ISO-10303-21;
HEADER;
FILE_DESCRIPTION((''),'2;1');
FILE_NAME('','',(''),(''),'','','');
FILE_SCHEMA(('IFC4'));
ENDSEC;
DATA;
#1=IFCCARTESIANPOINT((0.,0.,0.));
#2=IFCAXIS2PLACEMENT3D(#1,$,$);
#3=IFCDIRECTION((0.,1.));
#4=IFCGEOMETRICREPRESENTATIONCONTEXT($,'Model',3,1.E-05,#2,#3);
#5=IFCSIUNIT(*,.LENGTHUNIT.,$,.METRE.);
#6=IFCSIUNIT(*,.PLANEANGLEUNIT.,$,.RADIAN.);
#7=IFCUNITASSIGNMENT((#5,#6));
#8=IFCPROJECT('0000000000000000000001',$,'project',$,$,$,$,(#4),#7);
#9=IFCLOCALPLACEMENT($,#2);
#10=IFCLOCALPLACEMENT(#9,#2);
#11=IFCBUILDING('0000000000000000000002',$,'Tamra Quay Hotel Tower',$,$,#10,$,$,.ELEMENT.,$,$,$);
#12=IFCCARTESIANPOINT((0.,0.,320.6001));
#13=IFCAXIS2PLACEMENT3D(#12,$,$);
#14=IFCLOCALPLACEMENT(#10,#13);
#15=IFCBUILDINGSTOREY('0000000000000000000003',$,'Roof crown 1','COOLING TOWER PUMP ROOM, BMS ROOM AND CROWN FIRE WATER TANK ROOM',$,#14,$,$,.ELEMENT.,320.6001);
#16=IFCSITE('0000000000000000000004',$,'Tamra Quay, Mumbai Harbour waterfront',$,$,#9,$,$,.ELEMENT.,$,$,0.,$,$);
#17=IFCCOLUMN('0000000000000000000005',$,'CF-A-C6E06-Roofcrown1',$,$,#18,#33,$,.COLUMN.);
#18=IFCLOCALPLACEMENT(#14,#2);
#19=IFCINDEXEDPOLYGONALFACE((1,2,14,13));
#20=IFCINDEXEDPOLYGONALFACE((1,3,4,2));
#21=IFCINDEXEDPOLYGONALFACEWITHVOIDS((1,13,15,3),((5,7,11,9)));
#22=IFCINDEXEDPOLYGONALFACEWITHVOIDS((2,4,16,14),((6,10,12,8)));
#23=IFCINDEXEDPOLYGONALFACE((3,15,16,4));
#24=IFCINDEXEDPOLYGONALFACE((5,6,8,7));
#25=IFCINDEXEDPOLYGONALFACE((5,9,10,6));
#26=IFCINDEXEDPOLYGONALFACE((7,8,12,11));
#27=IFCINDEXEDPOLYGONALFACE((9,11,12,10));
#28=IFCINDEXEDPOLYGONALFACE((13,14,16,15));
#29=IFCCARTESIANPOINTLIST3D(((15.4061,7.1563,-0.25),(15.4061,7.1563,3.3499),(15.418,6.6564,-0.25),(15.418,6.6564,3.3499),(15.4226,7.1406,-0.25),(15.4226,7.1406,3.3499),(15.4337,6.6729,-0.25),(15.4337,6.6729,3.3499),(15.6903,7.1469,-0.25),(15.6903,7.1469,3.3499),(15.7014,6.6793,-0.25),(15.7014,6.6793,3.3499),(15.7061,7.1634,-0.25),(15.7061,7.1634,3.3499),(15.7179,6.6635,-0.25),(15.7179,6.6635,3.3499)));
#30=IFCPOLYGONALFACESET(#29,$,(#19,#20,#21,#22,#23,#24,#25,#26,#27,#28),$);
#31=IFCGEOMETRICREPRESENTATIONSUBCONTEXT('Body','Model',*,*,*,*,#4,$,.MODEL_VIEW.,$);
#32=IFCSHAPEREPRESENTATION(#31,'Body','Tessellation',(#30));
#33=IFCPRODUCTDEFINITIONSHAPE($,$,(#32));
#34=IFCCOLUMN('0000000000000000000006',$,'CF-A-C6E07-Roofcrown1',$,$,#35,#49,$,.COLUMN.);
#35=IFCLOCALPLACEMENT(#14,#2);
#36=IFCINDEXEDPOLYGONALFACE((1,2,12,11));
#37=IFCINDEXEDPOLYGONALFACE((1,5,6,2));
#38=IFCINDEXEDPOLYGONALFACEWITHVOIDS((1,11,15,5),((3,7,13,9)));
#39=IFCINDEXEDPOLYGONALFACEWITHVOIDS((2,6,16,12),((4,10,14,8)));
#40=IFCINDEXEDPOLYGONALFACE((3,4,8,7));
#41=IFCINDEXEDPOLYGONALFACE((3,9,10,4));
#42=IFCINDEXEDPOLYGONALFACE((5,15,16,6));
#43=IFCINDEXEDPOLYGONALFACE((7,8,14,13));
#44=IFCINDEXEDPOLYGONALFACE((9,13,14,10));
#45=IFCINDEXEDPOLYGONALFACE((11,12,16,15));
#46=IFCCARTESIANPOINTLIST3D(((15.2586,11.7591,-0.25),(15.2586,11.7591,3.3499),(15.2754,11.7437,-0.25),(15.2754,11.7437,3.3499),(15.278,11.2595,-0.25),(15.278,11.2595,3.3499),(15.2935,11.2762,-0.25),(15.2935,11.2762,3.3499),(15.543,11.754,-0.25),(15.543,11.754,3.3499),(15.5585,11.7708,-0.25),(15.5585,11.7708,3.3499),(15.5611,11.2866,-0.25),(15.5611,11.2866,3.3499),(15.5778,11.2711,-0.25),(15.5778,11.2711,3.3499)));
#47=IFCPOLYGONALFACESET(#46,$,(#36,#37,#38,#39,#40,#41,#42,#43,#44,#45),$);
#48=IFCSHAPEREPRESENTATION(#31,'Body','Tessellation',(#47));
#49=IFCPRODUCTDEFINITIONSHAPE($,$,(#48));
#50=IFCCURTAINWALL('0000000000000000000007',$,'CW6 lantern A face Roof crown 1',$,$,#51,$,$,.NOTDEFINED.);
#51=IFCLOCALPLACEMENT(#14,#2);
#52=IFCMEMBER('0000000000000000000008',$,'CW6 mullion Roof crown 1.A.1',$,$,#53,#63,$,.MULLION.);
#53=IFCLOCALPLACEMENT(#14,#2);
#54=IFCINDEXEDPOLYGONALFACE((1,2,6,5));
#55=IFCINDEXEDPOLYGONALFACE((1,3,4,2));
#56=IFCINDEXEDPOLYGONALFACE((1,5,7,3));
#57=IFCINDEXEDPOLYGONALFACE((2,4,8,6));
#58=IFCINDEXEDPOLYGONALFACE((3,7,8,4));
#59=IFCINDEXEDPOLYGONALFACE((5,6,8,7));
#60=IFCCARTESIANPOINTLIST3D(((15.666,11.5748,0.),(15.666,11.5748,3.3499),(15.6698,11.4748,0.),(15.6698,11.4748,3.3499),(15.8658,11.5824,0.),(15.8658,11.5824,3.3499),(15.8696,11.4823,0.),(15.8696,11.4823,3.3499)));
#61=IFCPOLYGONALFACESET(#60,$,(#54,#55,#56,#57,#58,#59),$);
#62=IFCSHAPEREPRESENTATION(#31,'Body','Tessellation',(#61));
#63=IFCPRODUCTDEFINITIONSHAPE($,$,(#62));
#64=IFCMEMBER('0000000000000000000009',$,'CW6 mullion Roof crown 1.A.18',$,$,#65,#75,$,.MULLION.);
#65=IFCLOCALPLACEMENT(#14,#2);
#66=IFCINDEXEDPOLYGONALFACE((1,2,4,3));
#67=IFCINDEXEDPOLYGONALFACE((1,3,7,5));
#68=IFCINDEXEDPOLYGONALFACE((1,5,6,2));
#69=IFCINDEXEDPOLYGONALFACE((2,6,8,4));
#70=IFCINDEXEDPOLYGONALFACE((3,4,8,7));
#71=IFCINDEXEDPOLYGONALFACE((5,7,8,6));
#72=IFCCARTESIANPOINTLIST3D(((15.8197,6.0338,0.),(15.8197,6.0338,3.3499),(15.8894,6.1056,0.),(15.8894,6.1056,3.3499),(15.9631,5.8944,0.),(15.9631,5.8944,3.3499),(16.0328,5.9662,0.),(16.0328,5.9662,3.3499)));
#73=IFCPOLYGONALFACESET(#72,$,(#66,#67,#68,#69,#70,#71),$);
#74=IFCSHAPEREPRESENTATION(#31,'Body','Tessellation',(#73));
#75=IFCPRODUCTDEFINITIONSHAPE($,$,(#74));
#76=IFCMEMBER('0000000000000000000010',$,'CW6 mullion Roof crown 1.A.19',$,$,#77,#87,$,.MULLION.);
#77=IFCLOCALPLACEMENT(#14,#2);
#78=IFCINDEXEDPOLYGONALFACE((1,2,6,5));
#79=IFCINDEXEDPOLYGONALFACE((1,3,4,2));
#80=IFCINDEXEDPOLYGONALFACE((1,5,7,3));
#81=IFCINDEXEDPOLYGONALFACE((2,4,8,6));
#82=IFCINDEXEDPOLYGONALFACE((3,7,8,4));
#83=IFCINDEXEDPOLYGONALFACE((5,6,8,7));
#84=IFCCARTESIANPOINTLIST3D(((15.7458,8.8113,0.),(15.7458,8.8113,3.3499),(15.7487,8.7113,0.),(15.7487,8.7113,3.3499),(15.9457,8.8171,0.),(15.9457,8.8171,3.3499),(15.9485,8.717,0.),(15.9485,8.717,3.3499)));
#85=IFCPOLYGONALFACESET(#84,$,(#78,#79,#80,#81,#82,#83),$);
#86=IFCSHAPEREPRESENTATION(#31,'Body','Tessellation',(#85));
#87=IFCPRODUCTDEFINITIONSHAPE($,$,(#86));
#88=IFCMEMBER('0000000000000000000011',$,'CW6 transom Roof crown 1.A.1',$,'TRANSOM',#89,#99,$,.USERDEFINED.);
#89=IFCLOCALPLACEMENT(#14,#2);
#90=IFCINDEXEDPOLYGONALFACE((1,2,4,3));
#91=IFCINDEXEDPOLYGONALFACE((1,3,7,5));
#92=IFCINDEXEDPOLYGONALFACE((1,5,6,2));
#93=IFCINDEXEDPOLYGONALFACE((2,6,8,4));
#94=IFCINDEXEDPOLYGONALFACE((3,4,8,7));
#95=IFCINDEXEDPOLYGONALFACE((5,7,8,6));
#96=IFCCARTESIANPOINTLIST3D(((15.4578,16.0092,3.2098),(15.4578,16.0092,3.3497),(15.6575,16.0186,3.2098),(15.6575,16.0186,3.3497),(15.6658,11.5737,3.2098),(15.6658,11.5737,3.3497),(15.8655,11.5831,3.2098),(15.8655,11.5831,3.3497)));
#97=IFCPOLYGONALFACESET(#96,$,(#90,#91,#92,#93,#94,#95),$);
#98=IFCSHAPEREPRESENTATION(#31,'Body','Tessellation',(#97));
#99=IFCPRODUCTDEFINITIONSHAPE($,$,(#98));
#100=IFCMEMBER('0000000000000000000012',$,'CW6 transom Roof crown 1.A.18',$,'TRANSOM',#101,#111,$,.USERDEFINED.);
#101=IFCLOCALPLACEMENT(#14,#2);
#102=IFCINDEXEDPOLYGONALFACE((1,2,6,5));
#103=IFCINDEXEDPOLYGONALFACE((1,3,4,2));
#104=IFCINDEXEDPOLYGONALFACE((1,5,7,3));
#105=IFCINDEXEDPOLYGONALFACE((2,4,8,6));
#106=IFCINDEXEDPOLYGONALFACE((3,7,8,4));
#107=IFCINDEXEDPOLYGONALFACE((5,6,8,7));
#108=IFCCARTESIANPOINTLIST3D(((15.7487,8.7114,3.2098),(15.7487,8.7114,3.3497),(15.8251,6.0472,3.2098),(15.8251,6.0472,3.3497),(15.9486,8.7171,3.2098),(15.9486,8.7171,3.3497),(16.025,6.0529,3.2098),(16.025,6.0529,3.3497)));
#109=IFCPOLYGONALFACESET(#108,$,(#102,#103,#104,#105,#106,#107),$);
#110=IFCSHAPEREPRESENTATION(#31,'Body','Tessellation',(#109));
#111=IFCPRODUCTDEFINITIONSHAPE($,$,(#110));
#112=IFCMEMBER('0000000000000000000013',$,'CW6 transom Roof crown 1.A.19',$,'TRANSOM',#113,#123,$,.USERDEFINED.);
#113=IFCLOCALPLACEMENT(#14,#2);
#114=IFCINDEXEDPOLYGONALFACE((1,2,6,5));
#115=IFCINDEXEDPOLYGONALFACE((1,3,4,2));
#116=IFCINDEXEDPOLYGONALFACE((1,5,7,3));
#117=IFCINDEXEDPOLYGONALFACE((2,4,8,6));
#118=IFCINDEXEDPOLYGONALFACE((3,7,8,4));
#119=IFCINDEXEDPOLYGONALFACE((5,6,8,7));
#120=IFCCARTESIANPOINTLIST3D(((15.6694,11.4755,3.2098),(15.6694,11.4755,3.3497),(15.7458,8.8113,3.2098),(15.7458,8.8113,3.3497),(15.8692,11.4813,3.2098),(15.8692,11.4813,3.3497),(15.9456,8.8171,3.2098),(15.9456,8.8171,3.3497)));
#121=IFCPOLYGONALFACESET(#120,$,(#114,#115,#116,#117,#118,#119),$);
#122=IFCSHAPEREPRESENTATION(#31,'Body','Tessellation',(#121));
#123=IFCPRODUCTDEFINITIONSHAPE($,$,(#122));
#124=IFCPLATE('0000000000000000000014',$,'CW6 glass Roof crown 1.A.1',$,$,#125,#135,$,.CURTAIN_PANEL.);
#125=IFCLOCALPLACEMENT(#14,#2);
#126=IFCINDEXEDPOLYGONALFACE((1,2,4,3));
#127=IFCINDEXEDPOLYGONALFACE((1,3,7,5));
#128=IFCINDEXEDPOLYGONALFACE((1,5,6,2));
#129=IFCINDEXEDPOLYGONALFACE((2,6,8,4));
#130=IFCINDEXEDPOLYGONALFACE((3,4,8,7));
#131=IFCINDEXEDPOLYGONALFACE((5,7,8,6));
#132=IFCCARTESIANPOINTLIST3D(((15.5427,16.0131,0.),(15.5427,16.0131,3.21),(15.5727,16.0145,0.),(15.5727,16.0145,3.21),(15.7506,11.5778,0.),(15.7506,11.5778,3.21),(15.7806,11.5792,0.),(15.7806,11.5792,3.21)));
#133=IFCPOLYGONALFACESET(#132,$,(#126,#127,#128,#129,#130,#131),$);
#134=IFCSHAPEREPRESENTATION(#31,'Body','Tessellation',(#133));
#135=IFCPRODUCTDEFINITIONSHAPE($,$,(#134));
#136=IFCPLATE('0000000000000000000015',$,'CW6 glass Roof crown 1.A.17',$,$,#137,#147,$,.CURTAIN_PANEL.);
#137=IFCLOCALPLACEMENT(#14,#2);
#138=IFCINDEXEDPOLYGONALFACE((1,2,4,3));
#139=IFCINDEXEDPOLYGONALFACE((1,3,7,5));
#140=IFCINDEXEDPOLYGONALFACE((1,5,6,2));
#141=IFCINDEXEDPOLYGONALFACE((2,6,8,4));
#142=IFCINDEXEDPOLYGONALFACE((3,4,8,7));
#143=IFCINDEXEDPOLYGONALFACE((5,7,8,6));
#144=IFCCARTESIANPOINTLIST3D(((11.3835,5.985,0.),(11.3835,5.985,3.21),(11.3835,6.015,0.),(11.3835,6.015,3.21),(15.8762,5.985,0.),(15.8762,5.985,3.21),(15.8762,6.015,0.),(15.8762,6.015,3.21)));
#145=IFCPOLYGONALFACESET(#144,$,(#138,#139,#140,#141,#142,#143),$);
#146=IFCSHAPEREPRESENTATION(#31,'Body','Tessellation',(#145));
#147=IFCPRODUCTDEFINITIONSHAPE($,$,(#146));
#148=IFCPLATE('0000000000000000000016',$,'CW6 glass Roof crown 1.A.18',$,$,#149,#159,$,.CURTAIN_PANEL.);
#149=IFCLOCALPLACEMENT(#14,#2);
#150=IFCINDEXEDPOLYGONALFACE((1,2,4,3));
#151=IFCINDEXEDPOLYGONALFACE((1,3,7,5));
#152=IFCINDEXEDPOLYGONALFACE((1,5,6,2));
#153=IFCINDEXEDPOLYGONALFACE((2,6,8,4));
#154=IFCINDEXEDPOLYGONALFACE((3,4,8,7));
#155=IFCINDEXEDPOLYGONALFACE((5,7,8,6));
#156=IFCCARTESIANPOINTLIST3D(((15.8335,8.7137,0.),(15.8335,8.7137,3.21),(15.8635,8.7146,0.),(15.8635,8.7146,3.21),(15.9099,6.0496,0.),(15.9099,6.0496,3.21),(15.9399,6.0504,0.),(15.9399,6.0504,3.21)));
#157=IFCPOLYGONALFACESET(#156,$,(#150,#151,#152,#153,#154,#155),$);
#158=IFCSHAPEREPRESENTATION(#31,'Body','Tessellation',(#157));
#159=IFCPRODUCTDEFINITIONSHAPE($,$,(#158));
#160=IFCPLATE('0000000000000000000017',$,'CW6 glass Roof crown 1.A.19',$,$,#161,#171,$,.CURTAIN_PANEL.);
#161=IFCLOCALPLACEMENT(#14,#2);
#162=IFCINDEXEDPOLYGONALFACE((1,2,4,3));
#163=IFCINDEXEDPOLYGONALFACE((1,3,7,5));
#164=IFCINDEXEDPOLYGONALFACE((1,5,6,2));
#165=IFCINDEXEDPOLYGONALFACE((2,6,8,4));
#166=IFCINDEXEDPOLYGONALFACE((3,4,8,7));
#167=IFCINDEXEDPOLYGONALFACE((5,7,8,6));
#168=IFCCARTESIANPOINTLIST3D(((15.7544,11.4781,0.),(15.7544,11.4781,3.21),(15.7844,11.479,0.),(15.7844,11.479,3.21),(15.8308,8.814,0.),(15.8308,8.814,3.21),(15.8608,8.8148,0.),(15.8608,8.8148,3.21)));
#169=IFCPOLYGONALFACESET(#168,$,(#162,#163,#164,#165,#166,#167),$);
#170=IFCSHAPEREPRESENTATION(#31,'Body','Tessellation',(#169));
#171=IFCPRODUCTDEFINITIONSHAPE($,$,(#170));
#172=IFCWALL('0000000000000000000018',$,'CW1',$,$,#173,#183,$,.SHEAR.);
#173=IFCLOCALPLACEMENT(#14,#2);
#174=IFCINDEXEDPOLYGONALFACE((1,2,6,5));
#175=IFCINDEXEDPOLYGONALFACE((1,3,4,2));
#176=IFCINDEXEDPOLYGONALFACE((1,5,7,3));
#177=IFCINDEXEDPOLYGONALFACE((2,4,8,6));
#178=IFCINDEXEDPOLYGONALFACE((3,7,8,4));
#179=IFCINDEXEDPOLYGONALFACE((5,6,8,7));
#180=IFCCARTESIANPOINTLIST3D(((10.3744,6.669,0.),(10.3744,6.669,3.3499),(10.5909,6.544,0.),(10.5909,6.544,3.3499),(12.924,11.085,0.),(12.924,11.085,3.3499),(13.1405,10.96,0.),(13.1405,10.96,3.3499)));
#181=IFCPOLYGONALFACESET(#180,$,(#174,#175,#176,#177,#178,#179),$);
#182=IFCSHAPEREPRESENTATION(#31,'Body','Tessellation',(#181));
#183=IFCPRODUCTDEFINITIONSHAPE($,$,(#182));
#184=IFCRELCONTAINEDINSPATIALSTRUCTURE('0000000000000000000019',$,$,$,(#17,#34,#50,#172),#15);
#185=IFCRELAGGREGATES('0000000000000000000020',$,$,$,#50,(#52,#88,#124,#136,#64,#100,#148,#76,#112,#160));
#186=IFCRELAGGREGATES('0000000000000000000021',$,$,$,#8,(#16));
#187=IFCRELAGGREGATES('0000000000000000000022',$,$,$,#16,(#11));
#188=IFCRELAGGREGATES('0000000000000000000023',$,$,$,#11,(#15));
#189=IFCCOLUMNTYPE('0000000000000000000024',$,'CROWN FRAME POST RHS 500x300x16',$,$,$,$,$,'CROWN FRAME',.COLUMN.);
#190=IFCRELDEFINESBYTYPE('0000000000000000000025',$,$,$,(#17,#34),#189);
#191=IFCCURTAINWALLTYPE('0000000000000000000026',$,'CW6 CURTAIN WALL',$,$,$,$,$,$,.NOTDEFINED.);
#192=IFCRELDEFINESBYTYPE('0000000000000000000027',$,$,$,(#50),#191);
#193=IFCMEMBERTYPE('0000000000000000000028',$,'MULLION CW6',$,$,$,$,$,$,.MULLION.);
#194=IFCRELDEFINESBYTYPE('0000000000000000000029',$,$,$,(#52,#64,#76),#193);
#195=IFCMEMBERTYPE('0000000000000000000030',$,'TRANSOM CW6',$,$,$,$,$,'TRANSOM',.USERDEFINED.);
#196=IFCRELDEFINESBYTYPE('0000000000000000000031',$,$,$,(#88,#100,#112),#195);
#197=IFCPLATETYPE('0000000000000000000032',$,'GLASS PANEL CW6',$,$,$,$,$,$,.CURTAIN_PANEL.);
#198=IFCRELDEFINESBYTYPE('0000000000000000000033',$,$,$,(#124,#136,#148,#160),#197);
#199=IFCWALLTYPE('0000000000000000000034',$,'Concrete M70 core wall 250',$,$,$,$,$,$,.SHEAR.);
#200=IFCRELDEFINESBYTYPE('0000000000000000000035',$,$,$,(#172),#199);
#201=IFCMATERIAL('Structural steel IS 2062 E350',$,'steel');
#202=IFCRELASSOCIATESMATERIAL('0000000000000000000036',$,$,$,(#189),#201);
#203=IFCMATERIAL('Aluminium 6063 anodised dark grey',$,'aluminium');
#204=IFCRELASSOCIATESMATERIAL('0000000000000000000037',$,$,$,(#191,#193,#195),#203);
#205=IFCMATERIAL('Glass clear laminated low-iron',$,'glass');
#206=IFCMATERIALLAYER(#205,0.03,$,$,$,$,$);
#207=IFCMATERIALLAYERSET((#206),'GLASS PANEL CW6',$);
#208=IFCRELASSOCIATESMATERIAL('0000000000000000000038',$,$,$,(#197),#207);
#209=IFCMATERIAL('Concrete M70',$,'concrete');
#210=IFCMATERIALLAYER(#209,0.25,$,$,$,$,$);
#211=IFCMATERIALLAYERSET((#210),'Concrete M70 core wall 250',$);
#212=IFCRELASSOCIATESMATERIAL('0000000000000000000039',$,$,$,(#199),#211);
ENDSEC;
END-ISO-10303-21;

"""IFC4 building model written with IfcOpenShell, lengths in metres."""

from ifc_helpers import new_model, si_unit, direction, frame, frame_2d, origin, origin_2d, place, context, subcontext, project, spatial, rectangle, hollow_rectangle, extrude, material, layer, layer_set, material_profile, profile_set, type_object, element, aggregate, save


model = new_model("IFC4")

# Units and contexts
model_context = context("Model", 3, precision=1e-05, world=origin(), true_north=direction((0.0, 1.0)))
body_context = subcontext(model_context, "Body", "Model", "MODEL_VIEW")
ifc_project = project(units=[si_unit("LENGTHUNIT", "METRE"), si_unit("PLANEANGLEUNIT", "RADIAN")], contexts=[model_context])

# Site, building, storey
site_placement = place(None, origin())
site = spatial("IfcSite", under=ifc_project, at=site_placement, Name="Tamra Quay, Mumbai Harbour waterfront", CompositionType="ELEMENT", RefElevation=0.0)
building_placement = place(site_placement, origin())
building = spatial("IfcBuilding", under=site, at=building_placement, Name="Tamra Quay Hotel Tower", CompositionType="ELEMENT")
storey_placement = place(building_placement, frame((0.0, 0.0, 320.6001)))
storey = spatial("IfcBuildingStorey", under=building, at=storey_placement, Name="Roof crown 1", Description="COOLING TOWER PUMP ROOM, BMS ROOM AND CROWN FIRE WATER TANK ROOM", CompositionType="ELEMENT", Elevation=320.6001)

# Columns
ifc_material_1 = material(Name="Structural steel IS 2062 E350", Category="steel")
ifc_material_profile_1 = material_profile(ifc_material_1, hollow_rectangle(XDim=0.3, YDim=0.5, WallThickness=0.0161, at=origin_2d()), Name="RHS 500x300x16")
ifc_profile_set_1 = profile_set([ifc_material_profile_1], Name="Structural steel IS 2062 E350")
column_type = type_object("IfcColumnType", Name="CROWN FRAME POST RHS 500x300x16", ElementType="CROWN FRAME", PredefinedType="COLUMN", material=ifc_profile_set_1)
for number, where, z_axis, x_axis, name in (
    (1, (15.562, 6.9099, -0.25), (0.0, 0.0, 1.0), (0.999718, 0.023753, 0.0), "CF-A-C6E06-Roofcrown1"),
    (2, (15.4182, 11.5151, -0.25), (0.0, 0.0, 1.0), (0.999251, 0.038691, 0.0), "CF-A-C6E07-Roofcrown1"),
):
    element("IfcColumn", number, at=place(storey_placement, frame(where, z_axis=z_axis, x_axis=x_axis)), inside=storey, type_object=column_type, Name=name, PredefinedType="COLUMN", context=body_context, shape_type="SweptSolid", body=[
        extrude(hollow_rectangle(XDim=0.3, YDim=0.5, WallThickness=0.0161, at=origin_2d()), origin(), (0.0, 0.0, 1.0), 3.5999),
    ])

# Curtain wall, members, plates
ifc_material_2 = material(Name="Aluminium 6063 anodised dark grey", Category="aluminium")
curtain_wall_type = type_object("IfcCurtainWallType", Name="CW6 CURTAIN WALL", PredefinedType="NOTDEFINED", material=ifc_material_2)
curtain_wall_placement = place(storey_placement, origin())
curtain_wall = element("IfcCurtainWall", 3, at=curtain_wall_placement, inside=storey, type_object=curtain_wall_type, Name="CW6 lantern A face Roof crown 1", PredefinedType="NOTDEFINED")
ifc_material_profile_2 = material_profile(ifc_material_2, rectangle(XDim=0.2, YDim=0.1001, at=origin_2d()), Name="MULLION 100X200")
ifc_profile_set_2 = profile_set([ifc_material_profile_2], Name="Aluminium 6063 anodised dark grey")
member_type_1 = type_object("IfcMemberType", Name="MULLION CW6", PredefinedType="MULLION", material=ifc_profile_set_2)
member_1_placement = place(storey_placement, frame((15.7678, 11.5286, 0.0), z_axis=(0.0, 0.0, 1.0), x_axis=(0.999288, 0.037737, 0.0)))
member_1 = element("IfcMember", 4, at=member_1_placement, type_object=member_type_1, Name="CW6 mullion Roof crown 1.A.1", PredefinedType="MULLION", context=body_context, shape_type="SweptSolid", body=[
    extrude(rectangle(XDim=0.2, YDim=0.1001, at=origin_2d()), origin(), (0.0, 0.0, 1.0), 3.3499),
])
member_2_placement = place(storey_placement, frame((15.9263, 6.0, 0.0), z_axis=(0.0, 0.0, 1.0), x_axis=(0.717164, -0.696904, 0.0)))
member_2 = element("IfcMember", 5, at=member_2_placement, type_object=member_type_1, Name="CW6 mullion Roof crown 1.A.18", PredefinedType="MULLION", context=body_context, shape_type="SweptSolid", body=[
    extrude(rectangle(XDim=0.2, YDim=0.1001, at=origin_2d()), origin(), (0.0, 0.0, 1.0), 3.3499),
])
member_3_placement = place(storey_placement, frame((15.8472, 8.7642, 0.0), z_axis=(0.0, 0.0, 1.0), x_axis=(0.99959, 0.02865, 0.0)))
member_3 = element("IfcMember", 6, at=member_3_placement, type_object=member_type_1, Name="CW6 mullion Roof crown 1.A.19", PredefinedType="MULLION", context=body_context, shape_type="SweptSolid", body=[
    extrude(rectangle(XDim=0.2, YDim=0.1001, at=origin_2d()), origin(), (0.0, 0.0, 1.0), 3.3499),
])
ifc_material_profile_3 = material_profile(ifc_material_2, rectangle(XDim=0.2, YDim=0.1399, at=origin_2d()), Name="TRANSOM 200X140")
ifc_profile_set_3 = profile_set([ifc_material_profile_3], Name="Aluminium 6063 anodised dark grey")
member_type_2 = type_object("IfcMemberType", Name="TRANSOM CW6", ElementType="TRANSOM", PredefinedType="USERDEFINED", material=ifc_profile_set_3)
member_4_placement = place(storey_placement, frame((15.7656, 11.5784, 3.2798), z_axis=(-0.046844, 0.998902, 0.0), x_axis=(-0.998902, -0.046844, 0.0)))
member_4 = element("IfcMember", 7, at=member_4_placement, type_object=member_type_2, Name="CW6 transom Roof crown 1.A.1", ObjectType="TRANSOM", PredefinedType="USERDEFINED", context=body_context, shape_type="SweptSolid", body=[
    extrude(rectangle(XDim=0.2, YDim=0.1399, at=origin_2d()), origin(), (0.0, 0.0, 1.0), 4.4404),
])
member_5_placement = place(storey_placement, frame((15.925, 6.05, 3.2798), z_axis=(-0.02867, 0.999589, 0.0), x_axis=(-0.999589, -0.02867, 0.0)))
member_5 = element("IfcMember", 8, at=member_5_placement, type_object=member_type_2, Name="CW6 transom Roof crown 1.A.18", ObjectType="TRANSOM", PredefinedType="USERDEFINED", context=body_context, shape_type="SweptSolid", body=[
    extrude(rectangle(XDim=0.2, YDim=0.1399, at=origin_2d()), origin(), (0.0, 0.0, 1.0), 2.6653),
])
member_6_placement = place(storey_placement, frame((15.8457, 8.8142, 3.2798), z_axis=(-0.02867, 0.999589, 0.0), x_axis=(-0.999589, -0.02867, 0.0)))
member_6 = element("IfcMember", 9, at=member_6_placement, type_object=member_type_2, Name="CW6 transom Roof crown 1.A.19", ObjectType="TRANSOM", PredefinedType="USERDEFINED", context=body_context, shape_type="SweptSolid", body=[
    extrude(rectangle(XDim=0.2, YDim=0.1399, at=origin_2d()), origin(), (0.0, 0.0, 1.0), 2.6653),
])
ifc_material_3 = material(Name="Glass clear laminated low-iron", Category="glass")
ifc_layer_1 = layer(ifc_material_3, 0.03)
ifc_layer_set_1 = layer_set([ifc_layer_1], Name="GLASS PANEL CW6")
plate_type = type_object("IfcPlateType", Name="GLASS PANEL CW6", PredefinedType="CURTAIN_PANEL", material=ifc_layer_set_1)
plate_1_placement = place(storey_placement, frame((15.6616, 13.7961, 0.0), z_axis=(0.0, 0.0, 1.0), x_axis=(-0.046821, 0.998903, 0.0)))
plate_1 = element("IfcPlate", 10, at=plate_1_placement, type_object=plate_type, Name="CW6 glass Roof crown 1.A.1", PredefinedType="CURTAIN_PANEL", context=body_context, shape_type="SweptSolid", body=[
    extrude(rectangle(XDim=4.4402, YDim=0.03, at=origin_2d()), origin(), (0.0, 0.0, 1.0), 3.21),
])
plate_2_placement = place(storey_placement, frame((13.6299, 6.0, 0.0), z_axis=(0.0, 0.0, 1.0), x_axis=(1.0, 0.0, 0.0)))
plate_2 = element("IfcPlate", 11, at=plate_2_placement, type_object=plate_type, Name="CW6 glass Roof crown 1.A.17", PredefinedType="CURTAIN_PANEL", context=body_context, shape_type="SweptSolid", body=[
    extrude(rectangle(XDim=4.4927, YDim=0.03, at=origin_2d()), origin(), (0.0, 0.0, 1.0), 3.21),
])
plate_3_placement = place(storey_placement, frame((15.8867, 7.3821, 0.0), z_axis=(0.0, 0.0, 1.0), x_axis=(-0.02865, 0.99959, 0.0)))
plate_3 = element("IfcPlate", 12, at=plate_3_placement, type_object=plate_type, Name="CW6 glass Roof crown 1.A.18", PredefinedType="CURTAIN_PANEL", context=body_context, shape_type="SweptSolid", body=[
    extrude(rectangle(XDim=2.6653, YDim=0.03, at=origin_2d()), origin(), (0.0, 0.0, 1.0), 3.21),
])
plate_4_placement = place(storey_placement, frame((15.8076, 10.1465, 0.0), z_axis=(0.0, 0.0, 1.0), x_axis=(-0.02865, 0.99959, 0.0)))
plate_4 = element("IfcPlate", 13, at=plate_4_placement, type_object=plate_type, Name="CW6 glass Roof crown 1.A.19", PredefinedType="CURTAIN_PANEL", context=body_context, shape_type="SweptSolid", body=[
    extrude(rectangle(XDim=2.6653, YDim=0.03, at=origin_2d()), origin(), (0.0, 0.0, 1.0), 3.21),
])
aggregate(curtain_wall, [member_1, member_4, plate_1, plate_2, member_2, member_5, plate_3, member_3, member_6, plate_4])

# Wall
ifc_material_4 = material(Name="Concrete M70", Category="concrete")
ifc_layer_2 = layer(ifc_material_4, 0.25)
ifc_layer_set_2 = layer_set([ifc_layer_2], Name="Concrete M70 core wall 250")
wall_type_1 = type_object("IfcWallType", Name="Concrete M70 core wall 250", PredefinedType="SHEAR", material=ifc_layer_set_2)
wall_1_placement = place(storey_placement, frame((13.0322, 11.0225, 0.0), z_axis=(0.0, 0.0, 1.0), x_axis=(-0.499996, -0.866028, 0.0)))
element("IfcWall", 14, at=wall_1_placement, inside=storey, type_object=wall_type_1, Name="CW1", PredefinedType="SHEAR", context=body_context, shape_type="SweptSolid", body=[
    extrude(rectangle(XDim=5.0991, YDim=0.25, at=frame_2d((2.5496, 0.0))), origin(), (0.0, 0.0, 1.0), 3.3499),
])

save(model, "model.ifc")
